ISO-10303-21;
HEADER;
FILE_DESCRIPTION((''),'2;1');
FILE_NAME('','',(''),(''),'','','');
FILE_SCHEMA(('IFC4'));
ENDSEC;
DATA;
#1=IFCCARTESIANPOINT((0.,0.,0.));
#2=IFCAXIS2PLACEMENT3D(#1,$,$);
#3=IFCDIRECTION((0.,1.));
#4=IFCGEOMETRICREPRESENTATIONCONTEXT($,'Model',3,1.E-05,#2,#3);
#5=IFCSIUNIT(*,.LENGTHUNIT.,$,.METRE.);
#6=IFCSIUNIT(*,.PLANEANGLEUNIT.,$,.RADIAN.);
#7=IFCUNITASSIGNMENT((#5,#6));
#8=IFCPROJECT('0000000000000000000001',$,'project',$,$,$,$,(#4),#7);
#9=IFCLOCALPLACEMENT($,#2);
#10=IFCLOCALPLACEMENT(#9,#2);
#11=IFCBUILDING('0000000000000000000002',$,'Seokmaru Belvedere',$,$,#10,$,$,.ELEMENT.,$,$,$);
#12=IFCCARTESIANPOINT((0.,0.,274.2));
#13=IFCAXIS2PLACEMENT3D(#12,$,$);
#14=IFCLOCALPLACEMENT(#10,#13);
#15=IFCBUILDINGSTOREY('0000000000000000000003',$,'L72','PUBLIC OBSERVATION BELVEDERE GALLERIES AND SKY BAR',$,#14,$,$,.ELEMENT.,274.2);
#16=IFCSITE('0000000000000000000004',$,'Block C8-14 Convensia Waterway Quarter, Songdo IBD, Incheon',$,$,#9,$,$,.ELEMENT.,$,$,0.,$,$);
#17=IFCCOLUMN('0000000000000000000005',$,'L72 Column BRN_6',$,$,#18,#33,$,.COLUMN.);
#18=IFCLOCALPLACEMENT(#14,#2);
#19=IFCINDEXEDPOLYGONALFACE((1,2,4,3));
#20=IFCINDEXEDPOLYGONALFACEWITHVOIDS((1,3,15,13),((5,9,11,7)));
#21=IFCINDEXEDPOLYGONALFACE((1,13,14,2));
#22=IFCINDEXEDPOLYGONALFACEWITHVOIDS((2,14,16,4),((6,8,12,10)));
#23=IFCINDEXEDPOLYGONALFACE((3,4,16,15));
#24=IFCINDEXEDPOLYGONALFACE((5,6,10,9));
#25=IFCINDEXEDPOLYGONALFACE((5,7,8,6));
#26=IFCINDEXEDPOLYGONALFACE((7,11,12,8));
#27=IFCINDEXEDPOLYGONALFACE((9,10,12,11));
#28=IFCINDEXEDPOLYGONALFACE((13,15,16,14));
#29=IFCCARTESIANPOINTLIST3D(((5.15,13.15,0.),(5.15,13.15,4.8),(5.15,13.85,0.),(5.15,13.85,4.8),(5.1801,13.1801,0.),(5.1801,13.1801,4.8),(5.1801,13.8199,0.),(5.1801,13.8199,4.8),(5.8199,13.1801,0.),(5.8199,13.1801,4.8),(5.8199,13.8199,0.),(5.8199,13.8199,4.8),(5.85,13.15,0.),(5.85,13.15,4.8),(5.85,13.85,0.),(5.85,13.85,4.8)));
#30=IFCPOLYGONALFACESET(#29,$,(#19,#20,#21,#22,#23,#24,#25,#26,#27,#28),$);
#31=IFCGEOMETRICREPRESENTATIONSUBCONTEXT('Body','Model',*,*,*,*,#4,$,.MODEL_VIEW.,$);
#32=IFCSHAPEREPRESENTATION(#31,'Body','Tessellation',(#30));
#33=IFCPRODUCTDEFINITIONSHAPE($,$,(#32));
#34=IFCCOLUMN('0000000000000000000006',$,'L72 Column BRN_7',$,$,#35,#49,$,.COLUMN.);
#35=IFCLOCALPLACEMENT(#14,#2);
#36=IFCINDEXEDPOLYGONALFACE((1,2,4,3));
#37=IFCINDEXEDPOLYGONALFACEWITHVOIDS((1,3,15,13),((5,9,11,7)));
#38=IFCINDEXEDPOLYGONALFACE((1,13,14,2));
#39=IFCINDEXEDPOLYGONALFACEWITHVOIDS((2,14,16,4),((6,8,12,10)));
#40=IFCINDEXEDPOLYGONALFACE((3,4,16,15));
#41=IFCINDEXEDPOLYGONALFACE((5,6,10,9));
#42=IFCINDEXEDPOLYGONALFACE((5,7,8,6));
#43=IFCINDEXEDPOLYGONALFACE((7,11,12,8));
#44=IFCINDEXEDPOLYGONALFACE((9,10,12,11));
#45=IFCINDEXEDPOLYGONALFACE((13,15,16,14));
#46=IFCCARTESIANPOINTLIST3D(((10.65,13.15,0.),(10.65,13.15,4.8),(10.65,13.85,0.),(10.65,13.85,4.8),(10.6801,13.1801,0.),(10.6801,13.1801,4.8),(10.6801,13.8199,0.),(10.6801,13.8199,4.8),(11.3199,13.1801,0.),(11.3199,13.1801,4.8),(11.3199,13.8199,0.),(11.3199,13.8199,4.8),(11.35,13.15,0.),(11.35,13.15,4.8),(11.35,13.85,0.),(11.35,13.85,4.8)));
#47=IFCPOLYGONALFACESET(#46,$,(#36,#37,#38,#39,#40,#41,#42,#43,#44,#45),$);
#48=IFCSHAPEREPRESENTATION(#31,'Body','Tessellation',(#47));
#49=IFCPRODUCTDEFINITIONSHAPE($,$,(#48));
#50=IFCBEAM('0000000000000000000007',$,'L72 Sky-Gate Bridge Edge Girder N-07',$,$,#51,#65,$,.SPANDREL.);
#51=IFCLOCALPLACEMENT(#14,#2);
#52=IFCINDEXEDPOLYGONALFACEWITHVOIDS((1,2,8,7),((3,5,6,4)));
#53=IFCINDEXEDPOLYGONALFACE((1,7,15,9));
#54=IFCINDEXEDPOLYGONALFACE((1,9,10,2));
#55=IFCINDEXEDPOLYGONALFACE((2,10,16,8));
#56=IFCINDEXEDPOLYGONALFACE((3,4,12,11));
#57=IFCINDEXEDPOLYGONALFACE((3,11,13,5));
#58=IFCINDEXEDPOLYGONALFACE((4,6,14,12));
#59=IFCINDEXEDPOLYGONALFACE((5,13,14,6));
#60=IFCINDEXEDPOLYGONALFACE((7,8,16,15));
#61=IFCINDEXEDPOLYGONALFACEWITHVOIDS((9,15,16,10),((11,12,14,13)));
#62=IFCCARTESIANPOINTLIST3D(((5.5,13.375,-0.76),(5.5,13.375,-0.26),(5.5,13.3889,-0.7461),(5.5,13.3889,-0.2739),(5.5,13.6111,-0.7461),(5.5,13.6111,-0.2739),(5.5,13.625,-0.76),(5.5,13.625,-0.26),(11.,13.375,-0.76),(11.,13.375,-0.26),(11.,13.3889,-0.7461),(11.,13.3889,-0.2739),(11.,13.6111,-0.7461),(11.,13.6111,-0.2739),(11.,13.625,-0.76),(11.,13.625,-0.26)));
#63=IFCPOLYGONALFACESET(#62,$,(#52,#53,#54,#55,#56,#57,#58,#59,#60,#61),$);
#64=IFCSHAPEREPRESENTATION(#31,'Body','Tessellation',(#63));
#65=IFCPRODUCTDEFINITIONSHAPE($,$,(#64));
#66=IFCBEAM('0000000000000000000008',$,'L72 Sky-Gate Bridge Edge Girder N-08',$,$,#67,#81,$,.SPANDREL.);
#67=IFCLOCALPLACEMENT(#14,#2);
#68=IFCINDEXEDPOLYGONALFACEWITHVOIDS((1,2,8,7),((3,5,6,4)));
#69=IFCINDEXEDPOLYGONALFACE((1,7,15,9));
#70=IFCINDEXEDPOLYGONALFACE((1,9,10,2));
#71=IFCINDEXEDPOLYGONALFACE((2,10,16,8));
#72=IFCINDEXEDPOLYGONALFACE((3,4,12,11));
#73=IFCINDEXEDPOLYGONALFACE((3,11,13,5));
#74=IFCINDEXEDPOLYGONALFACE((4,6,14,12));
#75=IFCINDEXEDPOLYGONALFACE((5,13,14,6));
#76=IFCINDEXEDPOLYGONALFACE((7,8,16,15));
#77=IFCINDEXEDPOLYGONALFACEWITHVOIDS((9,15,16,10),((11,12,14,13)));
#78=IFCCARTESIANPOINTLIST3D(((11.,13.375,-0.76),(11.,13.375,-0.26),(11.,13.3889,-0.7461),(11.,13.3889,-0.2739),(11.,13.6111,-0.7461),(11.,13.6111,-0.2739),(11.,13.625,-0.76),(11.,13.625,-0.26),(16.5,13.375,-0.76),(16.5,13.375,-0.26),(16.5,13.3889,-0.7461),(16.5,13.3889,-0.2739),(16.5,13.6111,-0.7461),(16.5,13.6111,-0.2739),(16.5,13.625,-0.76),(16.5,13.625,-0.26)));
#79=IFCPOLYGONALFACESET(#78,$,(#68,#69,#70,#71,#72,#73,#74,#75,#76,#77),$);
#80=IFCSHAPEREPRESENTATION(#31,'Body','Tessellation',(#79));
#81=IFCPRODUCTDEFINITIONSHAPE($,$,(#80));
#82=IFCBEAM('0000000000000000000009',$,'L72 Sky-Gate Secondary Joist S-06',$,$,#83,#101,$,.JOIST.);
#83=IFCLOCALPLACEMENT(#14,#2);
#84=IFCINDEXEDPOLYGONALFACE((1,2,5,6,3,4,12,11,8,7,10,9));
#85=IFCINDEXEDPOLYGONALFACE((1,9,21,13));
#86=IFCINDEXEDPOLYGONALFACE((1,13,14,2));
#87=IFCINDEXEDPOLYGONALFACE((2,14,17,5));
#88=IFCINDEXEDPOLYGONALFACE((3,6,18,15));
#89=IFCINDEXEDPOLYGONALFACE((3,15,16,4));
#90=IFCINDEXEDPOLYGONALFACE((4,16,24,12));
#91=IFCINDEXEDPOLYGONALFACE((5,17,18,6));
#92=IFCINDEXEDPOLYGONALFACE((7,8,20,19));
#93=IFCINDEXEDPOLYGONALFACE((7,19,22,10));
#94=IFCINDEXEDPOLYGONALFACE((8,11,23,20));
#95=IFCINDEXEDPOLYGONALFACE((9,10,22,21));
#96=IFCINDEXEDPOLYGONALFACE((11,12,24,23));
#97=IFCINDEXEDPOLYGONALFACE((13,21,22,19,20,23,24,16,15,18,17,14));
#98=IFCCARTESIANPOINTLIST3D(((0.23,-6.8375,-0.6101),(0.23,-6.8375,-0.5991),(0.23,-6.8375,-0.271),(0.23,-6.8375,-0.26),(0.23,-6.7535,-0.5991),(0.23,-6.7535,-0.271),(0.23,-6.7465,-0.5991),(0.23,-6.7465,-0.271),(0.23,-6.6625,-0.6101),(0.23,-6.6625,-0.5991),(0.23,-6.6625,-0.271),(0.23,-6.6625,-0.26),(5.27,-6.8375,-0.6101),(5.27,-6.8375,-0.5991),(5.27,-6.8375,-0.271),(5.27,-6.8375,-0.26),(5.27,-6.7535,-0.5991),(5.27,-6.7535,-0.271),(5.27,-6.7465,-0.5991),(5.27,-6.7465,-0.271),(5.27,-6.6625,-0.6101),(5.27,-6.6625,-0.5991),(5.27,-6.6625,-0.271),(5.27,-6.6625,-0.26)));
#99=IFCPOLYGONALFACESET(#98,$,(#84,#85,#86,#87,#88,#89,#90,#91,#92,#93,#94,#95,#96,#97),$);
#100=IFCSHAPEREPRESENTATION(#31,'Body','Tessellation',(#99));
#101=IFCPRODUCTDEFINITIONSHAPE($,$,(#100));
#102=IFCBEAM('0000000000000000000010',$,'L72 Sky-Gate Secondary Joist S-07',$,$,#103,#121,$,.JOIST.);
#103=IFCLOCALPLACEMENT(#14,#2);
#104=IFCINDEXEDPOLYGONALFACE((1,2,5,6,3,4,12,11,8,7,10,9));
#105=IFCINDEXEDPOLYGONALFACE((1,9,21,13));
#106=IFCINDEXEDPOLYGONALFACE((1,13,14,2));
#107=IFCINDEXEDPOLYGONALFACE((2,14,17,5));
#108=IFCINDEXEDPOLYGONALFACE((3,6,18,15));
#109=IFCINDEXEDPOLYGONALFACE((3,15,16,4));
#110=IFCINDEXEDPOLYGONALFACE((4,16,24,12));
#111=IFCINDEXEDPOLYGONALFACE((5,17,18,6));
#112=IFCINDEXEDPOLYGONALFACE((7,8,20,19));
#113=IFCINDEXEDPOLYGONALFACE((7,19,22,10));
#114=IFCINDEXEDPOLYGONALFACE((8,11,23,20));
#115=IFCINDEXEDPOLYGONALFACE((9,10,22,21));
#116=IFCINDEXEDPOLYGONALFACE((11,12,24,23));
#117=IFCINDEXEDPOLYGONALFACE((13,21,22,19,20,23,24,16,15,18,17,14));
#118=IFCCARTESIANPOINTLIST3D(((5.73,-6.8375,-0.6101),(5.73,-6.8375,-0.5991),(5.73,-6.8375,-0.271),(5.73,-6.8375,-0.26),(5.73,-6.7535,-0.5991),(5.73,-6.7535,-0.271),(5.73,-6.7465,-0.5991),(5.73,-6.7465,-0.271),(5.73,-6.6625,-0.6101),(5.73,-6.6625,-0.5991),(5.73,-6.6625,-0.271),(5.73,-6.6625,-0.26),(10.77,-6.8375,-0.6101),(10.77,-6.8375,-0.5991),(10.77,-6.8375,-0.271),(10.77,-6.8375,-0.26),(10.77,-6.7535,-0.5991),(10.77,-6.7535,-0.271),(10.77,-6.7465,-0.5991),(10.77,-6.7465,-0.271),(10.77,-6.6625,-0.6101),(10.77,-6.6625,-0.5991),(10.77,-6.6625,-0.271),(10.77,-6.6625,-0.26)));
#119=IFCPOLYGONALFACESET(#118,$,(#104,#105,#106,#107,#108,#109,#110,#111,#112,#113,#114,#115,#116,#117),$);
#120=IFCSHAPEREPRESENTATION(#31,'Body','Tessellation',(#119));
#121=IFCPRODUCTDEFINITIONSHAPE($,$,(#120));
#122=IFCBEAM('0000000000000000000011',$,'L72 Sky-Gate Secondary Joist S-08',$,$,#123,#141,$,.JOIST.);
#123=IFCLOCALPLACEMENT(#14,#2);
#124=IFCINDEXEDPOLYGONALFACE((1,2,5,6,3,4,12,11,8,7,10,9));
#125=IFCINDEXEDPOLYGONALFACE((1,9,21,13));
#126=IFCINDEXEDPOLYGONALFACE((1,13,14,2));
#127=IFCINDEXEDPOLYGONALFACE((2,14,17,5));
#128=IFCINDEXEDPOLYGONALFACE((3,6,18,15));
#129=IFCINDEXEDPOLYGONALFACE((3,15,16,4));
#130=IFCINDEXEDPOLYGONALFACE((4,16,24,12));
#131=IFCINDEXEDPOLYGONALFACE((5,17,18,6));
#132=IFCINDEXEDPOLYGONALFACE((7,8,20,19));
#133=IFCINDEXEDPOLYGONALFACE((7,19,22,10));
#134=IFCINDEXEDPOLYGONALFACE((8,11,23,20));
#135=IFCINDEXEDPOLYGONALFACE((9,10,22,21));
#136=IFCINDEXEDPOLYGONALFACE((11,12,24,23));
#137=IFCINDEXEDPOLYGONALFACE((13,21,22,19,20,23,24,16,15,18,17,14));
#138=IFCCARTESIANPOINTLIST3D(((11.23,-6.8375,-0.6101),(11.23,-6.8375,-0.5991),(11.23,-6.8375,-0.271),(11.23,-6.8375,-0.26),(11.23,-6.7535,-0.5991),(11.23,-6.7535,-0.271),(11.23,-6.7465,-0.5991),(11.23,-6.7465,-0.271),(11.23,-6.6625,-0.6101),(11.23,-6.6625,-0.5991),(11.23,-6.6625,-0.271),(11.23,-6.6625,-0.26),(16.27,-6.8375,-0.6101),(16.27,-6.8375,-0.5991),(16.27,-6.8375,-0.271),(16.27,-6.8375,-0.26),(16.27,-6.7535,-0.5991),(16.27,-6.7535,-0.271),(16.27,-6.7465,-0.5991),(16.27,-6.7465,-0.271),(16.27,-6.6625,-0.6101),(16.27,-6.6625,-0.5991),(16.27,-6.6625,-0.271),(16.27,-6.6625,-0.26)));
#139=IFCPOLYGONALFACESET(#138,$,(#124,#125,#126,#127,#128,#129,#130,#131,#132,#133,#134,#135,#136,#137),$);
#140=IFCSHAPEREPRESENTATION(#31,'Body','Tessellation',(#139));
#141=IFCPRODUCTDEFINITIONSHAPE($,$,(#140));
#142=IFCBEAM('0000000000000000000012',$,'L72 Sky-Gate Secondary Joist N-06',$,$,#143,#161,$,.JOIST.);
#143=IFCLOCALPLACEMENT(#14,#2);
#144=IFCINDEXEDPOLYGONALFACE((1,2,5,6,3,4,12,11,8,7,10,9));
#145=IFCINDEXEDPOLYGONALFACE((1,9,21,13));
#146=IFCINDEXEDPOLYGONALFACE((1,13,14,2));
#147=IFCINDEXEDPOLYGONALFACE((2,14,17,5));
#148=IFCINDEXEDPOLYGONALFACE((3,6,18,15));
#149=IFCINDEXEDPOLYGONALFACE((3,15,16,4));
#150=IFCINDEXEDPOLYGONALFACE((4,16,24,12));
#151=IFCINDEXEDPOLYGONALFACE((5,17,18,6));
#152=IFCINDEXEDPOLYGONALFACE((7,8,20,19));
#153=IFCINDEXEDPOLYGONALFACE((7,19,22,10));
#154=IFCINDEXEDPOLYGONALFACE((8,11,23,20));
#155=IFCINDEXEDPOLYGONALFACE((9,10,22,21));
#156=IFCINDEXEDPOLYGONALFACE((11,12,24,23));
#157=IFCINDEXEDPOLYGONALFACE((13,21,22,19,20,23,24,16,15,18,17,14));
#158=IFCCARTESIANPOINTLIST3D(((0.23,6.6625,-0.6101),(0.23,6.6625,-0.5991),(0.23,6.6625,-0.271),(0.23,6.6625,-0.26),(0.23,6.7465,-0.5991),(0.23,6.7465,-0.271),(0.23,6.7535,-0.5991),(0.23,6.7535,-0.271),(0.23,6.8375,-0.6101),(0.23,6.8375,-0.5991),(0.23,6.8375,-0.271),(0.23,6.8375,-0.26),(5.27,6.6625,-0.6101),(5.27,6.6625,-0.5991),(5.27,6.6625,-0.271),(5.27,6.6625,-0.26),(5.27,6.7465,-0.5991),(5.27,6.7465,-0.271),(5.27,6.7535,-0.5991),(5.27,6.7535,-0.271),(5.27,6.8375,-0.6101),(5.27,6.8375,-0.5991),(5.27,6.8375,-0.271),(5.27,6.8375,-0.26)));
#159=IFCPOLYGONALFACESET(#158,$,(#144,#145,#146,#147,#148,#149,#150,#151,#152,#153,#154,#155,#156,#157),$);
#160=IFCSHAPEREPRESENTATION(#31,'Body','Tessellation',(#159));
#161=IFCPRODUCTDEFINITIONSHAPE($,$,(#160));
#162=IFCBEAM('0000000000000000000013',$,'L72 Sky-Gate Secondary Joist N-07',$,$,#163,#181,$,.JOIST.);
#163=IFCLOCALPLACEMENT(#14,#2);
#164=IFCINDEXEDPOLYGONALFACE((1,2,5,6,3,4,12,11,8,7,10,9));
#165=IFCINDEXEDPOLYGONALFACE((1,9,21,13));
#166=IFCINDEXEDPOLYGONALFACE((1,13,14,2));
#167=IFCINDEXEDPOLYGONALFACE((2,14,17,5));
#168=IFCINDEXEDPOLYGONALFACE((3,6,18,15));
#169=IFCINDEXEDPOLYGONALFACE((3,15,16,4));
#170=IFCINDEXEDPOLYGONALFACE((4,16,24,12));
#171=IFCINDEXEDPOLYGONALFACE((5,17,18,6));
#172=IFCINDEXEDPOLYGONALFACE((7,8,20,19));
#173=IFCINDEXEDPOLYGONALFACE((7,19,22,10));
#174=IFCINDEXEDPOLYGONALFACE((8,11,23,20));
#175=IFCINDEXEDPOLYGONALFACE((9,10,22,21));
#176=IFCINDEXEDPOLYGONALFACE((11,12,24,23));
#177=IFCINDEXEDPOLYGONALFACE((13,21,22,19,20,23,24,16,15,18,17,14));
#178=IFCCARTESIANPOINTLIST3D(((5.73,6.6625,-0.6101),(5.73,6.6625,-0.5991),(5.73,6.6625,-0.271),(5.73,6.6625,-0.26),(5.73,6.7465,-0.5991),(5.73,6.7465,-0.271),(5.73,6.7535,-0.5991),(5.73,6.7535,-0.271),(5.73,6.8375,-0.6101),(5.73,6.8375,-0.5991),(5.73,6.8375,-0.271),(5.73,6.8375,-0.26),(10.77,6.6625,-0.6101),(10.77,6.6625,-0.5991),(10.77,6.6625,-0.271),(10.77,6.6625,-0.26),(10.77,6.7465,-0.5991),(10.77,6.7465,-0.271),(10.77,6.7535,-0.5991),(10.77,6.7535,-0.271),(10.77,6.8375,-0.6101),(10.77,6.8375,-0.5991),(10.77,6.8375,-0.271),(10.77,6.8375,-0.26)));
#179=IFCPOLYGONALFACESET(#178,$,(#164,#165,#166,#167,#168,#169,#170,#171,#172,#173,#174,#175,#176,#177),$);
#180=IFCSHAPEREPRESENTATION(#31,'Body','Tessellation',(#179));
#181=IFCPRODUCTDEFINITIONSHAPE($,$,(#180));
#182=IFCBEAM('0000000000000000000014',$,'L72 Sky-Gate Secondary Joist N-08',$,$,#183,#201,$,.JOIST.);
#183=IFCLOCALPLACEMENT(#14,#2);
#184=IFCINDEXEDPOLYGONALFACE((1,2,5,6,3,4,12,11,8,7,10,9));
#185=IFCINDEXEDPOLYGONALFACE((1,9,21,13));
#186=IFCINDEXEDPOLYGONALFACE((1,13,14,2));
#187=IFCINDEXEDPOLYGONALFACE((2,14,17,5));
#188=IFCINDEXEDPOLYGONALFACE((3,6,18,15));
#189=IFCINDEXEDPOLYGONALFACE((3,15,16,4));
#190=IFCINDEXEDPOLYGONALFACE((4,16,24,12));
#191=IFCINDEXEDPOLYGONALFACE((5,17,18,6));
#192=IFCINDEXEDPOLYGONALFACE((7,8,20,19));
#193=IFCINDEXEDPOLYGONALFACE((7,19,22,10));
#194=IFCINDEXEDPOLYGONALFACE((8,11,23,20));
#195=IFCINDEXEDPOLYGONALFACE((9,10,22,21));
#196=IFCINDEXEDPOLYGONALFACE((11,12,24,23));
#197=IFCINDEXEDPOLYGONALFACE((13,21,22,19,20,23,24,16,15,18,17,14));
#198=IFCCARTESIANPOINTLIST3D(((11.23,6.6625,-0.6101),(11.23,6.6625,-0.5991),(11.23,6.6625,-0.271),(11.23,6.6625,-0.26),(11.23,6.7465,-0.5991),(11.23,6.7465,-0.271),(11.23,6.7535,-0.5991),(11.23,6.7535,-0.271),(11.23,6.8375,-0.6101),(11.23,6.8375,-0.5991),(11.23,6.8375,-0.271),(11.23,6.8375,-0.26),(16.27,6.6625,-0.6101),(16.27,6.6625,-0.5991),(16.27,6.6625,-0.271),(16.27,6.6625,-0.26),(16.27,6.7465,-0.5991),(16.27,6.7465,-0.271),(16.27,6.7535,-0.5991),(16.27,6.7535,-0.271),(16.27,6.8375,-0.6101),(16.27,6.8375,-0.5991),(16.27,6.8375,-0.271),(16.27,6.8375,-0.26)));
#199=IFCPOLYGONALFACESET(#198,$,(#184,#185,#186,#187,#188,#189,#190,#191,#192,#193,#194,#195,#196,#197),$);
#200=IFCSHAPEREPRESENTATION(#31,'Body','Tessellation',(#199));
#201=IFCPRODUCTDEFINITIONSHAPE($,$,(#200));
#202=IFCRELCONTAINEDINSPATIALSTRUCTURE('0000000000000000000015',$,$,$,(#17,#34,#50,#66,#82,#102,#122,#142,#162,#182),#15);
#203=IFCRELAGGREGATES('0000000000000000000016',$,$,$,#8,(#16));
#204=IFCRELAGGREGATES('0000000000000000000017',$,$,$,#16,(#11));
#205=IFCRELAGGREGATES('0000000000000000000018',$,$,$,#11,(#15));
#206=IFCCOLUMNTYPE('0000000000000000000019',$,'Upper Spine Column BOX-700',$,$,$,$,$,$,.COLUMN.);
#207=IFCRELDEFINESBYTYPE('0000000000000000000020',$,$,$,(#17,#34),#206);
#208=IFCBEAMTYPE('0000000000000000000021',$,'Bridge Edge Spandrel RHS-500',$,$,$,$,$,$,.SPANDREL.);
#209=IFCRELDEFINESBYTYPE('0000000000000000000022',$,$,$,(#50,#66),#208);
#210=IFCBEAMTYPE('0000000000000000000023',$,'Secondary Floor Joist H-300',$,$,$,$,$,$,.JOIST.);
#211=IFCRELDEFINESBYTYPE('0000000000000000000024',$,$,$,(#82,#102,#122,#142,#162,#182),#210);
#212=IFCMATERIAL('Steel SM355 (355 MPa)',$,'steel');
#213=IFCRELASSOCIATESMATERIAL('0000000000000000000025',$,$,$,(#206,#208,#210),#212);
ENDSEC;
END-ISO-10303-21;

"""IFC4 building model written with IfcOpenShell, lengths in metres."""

from ifc_helpers import new_model, si_unit, direction, frame, origin, origin_2d, place, context, subcontext, project, spatial, hollow_rectangle, i_section, extrude, source, transform, mapped, material, material_profile, profile_set, type_object, type_shapes, element, save


model = new_model("IFC4")

# Units and contexts
model_context = context("Model", 3, precision=1e-05, world=origin(), true_north=direction((0.0, 1.0)))
body_context = subcontext(model_context, "Body", "Model", "MODEL_VIEW")
ifc_project = project(units=[si_unit("LENGTHUNIT", "METRE"), si_unit("PLANEANGLEUNIT", "RADIAN")], contexts=[model_context])

# Site, building, storey
site_placement = place(None, origin())
site = spatial("IfcSite", under=ifc_project, at=site_placement, Name="Block C8-14 Convensia Waterway Quarter, Songdo IBD, Incheon", CompositionType="ELEMENT", RefElevation=0.0)
building_placement = place(site_placement, origin())
building = spatial("IfcBuilding", under=site, at=building_placement, Name="Seokmaru Belvedere", CompositionType="ELEMENT")
storey_placement = place(building_placement, frame((0.0, 0.0, 274.2)))
storey = spatial("IfcBuildingStorey", under=building, at=storey_placement, Name="L72", Description="PUBLIC OBSERVATION BELVEDERE GALLERIES AND SKY BAR", CompositionType="ELEMENT", Elevation=274.2)

# Columns
ifc_material_1 = material(Name="Steel SM355 (355 MPa)", Category="steel")
ifc_material_profile_1 = material_profile(ifc_material_1, hollow_rectangle(XDim=0.7, YDim=0.7, WallThickness=0.03, at=origin_2d()), Name="BOX-700x700x30")
ifc_profile_set_1 = profile_set([ifc_material_profile_1], Name="Steel SM355 (355 MPa)")
column_type = type_object("IfcColumnType", Name="Upper Spine Column BOX-700", PredefinedType="COLUMN", material=ifc_profile_set_1)
shared_shape_1 = source(origin(), body_context, "Body", "SweptSolid", [
    extrude(hollow_rectangle(XDim=0.7, YDim=0.7, WallThickness=0.03, at=origin_2d()), origin(), (0.0, 0.0, 1.0), 4.8),
])
type_shapes(column_type, [shared_shape_1])
for number, where, z_axis, x_axis, name in (
    (1, (5.5, 13.5, 0.0), (0.0, 0.0, 1.0), (1.0, 0.0, 0.0), "L72 Column BRN_6"),
    (2, (11.0, 13.5, 0.0), (0.0, 0.0, 1.0), (1.0, 0.0, 0.0), "L72 Column BRN_7"),
):
    element("IfcColumn", number, at=place(storey_placement, frame(where, z_axis=z_axis, x_axis=x_axis)), inside=storey, type_object=column_type, Name=name, PredefinedType="COLUMN", context=body_context, shape_type="MappedRepresentation", body=[
        mapped(shared_shape_1, transform((0.0, 0.0, 0.0), scale=1.0)),
    ])

# Beams
ifc_material_profile_2 = material_profile(ifc_material_1, hollow_rectangle(XDim=0.25, YDim=0.5, WallThickness=0.0139, at=origin_2d()), Name="RHS-500x250x14")
ifc_profile_set_2 = profile_set([ifc_material_profile_2], Name="Steel SM355 (355 MPa)")
beam_type_1 = type_object("IfcBeamType", Name="Bridge Edge Spandrel RHS-500", PredefinedType="SPANDREL", material=ifc_profile_set_2)
shared_shape_2 = source(origin(), body_context, "Body", "SweptSolid", [
    extrude(hollow_rectangle(XDim=0.25, YDim=0.5, WallThickness=0.0139, at=origin_2d()), origin(), (0.0, 0.0, 1.0), 5.5),
])
type_shapes(beam_type_1, [shared_shape_2])
for number, where, z_axis, x_axis, name in (
    (3, (5.5, 13.5, -0.51), (1.0, 0.0, 0.0), (0.0, 1.0, 0.0), "L72 Sky-Gate Bridge Edge Girder N-07"),
    (4, (11.0, 13.5, -0.51), (1.0, 0.0, 0.0), (0.0, 1.0, 0.0), "L72 Sky-Gate Bridge Edge Girder N-08"),
):
    element("IfcBeam", number, at=place(storey_placement, frame(where, z_axis=z_axis, x_axis=x_axis)), inside=storey, type_object=beam_type_1, Name=name, PredefinedType="SPANDREL", context=body_context, shape_type="MappedRepresentation", body=[
        mapped(shared_shape_2, transform((0.0, 0.0, 0.0), scale=1.0)),
    ])
ifc_material_profile_3 = material_profile(ifc_material_1, i_section(OverallWidth=0.175, OverallDepth=0.3501, WebThickness=0.0071, FlangeThickness=0.011, at=origin_2d()), Name="H-350x175x7x11")
ifc_profile_set_3 = profile_set([ifc_material_profile_3], Name="Steel SM355 (355 MPa)")
beam_type_2 = type_object("IfcBeamType", Name="Secondary Floor Joist H-300", PredefinedType="JOIST", material=ifc_profile_set_3)
shared_shape_3 = source(origin(), body_context, "Body", "SweptSolid", [
    extrude(i_section(OverallWidth=0.175, OverallDepth=0.3501, WebThickness=0.0071, FlangeThickness=0.011, at=origin_2d()), origin(), (0.0, 0.0, 1.0), 5.04),
])
type_shapes(beam_type_2, [shared_shape_3])
for number, where, z_axis, x_axis, name in (
    (5, (0.23, -6.75, -0.4351), (1.0, 0.0, 0.0), (0.0, 1.0, 0.0), "L72 Sky-Gate Secondary Joist S-06"),
    (6, (5.73, -6.75, -0.4351), (1.0, 0.0, 0.0), (0.0, 1.0, 0.0), "L72 Sky-Gate Secondary Joist S-07"),
    (7, (11.23, -6.75, -0.4351), (1.0, 0.0, 0.0), (0.0, 1.0, 0.0), "L72 Sky-Gate Secondary Joist S-08"),
    (8, (0.23, 6.75, -0.4351), (1.0, 0.0, 0.0), (0.0, 1.0, 0.0), "L72 Sky-Gate Secondary Joist N-06"),
    (9, (5.73, 6.75, -0.4351), (1.0, 0.0, 0.0), (0.0, 1.0, 0.0), "L72 Sky-Gate Secondary Joist N-07"),
    (10, (11.23, 6.75, -0.4351), (1.0, 0.0, 0.0), (0.0, 1.0, 0.0), "L72 Sky-Gate Secondary Joist N-08"),
):
    element("IfcBeam", number, at=place(storey_placement, frame(where, z_axis=z_axis, x_axis=x_axis)), inside=storey, type_object=beam_type_2, Name=name, PredefinedType="JOIST", context=body_context, shape_type="MappedRepresentation", body=[
        mapped(shared_shape_3, transform((0.0, 0.0, 0.0), scale=1.0)),
    ])

save(model, "model.ifc")
